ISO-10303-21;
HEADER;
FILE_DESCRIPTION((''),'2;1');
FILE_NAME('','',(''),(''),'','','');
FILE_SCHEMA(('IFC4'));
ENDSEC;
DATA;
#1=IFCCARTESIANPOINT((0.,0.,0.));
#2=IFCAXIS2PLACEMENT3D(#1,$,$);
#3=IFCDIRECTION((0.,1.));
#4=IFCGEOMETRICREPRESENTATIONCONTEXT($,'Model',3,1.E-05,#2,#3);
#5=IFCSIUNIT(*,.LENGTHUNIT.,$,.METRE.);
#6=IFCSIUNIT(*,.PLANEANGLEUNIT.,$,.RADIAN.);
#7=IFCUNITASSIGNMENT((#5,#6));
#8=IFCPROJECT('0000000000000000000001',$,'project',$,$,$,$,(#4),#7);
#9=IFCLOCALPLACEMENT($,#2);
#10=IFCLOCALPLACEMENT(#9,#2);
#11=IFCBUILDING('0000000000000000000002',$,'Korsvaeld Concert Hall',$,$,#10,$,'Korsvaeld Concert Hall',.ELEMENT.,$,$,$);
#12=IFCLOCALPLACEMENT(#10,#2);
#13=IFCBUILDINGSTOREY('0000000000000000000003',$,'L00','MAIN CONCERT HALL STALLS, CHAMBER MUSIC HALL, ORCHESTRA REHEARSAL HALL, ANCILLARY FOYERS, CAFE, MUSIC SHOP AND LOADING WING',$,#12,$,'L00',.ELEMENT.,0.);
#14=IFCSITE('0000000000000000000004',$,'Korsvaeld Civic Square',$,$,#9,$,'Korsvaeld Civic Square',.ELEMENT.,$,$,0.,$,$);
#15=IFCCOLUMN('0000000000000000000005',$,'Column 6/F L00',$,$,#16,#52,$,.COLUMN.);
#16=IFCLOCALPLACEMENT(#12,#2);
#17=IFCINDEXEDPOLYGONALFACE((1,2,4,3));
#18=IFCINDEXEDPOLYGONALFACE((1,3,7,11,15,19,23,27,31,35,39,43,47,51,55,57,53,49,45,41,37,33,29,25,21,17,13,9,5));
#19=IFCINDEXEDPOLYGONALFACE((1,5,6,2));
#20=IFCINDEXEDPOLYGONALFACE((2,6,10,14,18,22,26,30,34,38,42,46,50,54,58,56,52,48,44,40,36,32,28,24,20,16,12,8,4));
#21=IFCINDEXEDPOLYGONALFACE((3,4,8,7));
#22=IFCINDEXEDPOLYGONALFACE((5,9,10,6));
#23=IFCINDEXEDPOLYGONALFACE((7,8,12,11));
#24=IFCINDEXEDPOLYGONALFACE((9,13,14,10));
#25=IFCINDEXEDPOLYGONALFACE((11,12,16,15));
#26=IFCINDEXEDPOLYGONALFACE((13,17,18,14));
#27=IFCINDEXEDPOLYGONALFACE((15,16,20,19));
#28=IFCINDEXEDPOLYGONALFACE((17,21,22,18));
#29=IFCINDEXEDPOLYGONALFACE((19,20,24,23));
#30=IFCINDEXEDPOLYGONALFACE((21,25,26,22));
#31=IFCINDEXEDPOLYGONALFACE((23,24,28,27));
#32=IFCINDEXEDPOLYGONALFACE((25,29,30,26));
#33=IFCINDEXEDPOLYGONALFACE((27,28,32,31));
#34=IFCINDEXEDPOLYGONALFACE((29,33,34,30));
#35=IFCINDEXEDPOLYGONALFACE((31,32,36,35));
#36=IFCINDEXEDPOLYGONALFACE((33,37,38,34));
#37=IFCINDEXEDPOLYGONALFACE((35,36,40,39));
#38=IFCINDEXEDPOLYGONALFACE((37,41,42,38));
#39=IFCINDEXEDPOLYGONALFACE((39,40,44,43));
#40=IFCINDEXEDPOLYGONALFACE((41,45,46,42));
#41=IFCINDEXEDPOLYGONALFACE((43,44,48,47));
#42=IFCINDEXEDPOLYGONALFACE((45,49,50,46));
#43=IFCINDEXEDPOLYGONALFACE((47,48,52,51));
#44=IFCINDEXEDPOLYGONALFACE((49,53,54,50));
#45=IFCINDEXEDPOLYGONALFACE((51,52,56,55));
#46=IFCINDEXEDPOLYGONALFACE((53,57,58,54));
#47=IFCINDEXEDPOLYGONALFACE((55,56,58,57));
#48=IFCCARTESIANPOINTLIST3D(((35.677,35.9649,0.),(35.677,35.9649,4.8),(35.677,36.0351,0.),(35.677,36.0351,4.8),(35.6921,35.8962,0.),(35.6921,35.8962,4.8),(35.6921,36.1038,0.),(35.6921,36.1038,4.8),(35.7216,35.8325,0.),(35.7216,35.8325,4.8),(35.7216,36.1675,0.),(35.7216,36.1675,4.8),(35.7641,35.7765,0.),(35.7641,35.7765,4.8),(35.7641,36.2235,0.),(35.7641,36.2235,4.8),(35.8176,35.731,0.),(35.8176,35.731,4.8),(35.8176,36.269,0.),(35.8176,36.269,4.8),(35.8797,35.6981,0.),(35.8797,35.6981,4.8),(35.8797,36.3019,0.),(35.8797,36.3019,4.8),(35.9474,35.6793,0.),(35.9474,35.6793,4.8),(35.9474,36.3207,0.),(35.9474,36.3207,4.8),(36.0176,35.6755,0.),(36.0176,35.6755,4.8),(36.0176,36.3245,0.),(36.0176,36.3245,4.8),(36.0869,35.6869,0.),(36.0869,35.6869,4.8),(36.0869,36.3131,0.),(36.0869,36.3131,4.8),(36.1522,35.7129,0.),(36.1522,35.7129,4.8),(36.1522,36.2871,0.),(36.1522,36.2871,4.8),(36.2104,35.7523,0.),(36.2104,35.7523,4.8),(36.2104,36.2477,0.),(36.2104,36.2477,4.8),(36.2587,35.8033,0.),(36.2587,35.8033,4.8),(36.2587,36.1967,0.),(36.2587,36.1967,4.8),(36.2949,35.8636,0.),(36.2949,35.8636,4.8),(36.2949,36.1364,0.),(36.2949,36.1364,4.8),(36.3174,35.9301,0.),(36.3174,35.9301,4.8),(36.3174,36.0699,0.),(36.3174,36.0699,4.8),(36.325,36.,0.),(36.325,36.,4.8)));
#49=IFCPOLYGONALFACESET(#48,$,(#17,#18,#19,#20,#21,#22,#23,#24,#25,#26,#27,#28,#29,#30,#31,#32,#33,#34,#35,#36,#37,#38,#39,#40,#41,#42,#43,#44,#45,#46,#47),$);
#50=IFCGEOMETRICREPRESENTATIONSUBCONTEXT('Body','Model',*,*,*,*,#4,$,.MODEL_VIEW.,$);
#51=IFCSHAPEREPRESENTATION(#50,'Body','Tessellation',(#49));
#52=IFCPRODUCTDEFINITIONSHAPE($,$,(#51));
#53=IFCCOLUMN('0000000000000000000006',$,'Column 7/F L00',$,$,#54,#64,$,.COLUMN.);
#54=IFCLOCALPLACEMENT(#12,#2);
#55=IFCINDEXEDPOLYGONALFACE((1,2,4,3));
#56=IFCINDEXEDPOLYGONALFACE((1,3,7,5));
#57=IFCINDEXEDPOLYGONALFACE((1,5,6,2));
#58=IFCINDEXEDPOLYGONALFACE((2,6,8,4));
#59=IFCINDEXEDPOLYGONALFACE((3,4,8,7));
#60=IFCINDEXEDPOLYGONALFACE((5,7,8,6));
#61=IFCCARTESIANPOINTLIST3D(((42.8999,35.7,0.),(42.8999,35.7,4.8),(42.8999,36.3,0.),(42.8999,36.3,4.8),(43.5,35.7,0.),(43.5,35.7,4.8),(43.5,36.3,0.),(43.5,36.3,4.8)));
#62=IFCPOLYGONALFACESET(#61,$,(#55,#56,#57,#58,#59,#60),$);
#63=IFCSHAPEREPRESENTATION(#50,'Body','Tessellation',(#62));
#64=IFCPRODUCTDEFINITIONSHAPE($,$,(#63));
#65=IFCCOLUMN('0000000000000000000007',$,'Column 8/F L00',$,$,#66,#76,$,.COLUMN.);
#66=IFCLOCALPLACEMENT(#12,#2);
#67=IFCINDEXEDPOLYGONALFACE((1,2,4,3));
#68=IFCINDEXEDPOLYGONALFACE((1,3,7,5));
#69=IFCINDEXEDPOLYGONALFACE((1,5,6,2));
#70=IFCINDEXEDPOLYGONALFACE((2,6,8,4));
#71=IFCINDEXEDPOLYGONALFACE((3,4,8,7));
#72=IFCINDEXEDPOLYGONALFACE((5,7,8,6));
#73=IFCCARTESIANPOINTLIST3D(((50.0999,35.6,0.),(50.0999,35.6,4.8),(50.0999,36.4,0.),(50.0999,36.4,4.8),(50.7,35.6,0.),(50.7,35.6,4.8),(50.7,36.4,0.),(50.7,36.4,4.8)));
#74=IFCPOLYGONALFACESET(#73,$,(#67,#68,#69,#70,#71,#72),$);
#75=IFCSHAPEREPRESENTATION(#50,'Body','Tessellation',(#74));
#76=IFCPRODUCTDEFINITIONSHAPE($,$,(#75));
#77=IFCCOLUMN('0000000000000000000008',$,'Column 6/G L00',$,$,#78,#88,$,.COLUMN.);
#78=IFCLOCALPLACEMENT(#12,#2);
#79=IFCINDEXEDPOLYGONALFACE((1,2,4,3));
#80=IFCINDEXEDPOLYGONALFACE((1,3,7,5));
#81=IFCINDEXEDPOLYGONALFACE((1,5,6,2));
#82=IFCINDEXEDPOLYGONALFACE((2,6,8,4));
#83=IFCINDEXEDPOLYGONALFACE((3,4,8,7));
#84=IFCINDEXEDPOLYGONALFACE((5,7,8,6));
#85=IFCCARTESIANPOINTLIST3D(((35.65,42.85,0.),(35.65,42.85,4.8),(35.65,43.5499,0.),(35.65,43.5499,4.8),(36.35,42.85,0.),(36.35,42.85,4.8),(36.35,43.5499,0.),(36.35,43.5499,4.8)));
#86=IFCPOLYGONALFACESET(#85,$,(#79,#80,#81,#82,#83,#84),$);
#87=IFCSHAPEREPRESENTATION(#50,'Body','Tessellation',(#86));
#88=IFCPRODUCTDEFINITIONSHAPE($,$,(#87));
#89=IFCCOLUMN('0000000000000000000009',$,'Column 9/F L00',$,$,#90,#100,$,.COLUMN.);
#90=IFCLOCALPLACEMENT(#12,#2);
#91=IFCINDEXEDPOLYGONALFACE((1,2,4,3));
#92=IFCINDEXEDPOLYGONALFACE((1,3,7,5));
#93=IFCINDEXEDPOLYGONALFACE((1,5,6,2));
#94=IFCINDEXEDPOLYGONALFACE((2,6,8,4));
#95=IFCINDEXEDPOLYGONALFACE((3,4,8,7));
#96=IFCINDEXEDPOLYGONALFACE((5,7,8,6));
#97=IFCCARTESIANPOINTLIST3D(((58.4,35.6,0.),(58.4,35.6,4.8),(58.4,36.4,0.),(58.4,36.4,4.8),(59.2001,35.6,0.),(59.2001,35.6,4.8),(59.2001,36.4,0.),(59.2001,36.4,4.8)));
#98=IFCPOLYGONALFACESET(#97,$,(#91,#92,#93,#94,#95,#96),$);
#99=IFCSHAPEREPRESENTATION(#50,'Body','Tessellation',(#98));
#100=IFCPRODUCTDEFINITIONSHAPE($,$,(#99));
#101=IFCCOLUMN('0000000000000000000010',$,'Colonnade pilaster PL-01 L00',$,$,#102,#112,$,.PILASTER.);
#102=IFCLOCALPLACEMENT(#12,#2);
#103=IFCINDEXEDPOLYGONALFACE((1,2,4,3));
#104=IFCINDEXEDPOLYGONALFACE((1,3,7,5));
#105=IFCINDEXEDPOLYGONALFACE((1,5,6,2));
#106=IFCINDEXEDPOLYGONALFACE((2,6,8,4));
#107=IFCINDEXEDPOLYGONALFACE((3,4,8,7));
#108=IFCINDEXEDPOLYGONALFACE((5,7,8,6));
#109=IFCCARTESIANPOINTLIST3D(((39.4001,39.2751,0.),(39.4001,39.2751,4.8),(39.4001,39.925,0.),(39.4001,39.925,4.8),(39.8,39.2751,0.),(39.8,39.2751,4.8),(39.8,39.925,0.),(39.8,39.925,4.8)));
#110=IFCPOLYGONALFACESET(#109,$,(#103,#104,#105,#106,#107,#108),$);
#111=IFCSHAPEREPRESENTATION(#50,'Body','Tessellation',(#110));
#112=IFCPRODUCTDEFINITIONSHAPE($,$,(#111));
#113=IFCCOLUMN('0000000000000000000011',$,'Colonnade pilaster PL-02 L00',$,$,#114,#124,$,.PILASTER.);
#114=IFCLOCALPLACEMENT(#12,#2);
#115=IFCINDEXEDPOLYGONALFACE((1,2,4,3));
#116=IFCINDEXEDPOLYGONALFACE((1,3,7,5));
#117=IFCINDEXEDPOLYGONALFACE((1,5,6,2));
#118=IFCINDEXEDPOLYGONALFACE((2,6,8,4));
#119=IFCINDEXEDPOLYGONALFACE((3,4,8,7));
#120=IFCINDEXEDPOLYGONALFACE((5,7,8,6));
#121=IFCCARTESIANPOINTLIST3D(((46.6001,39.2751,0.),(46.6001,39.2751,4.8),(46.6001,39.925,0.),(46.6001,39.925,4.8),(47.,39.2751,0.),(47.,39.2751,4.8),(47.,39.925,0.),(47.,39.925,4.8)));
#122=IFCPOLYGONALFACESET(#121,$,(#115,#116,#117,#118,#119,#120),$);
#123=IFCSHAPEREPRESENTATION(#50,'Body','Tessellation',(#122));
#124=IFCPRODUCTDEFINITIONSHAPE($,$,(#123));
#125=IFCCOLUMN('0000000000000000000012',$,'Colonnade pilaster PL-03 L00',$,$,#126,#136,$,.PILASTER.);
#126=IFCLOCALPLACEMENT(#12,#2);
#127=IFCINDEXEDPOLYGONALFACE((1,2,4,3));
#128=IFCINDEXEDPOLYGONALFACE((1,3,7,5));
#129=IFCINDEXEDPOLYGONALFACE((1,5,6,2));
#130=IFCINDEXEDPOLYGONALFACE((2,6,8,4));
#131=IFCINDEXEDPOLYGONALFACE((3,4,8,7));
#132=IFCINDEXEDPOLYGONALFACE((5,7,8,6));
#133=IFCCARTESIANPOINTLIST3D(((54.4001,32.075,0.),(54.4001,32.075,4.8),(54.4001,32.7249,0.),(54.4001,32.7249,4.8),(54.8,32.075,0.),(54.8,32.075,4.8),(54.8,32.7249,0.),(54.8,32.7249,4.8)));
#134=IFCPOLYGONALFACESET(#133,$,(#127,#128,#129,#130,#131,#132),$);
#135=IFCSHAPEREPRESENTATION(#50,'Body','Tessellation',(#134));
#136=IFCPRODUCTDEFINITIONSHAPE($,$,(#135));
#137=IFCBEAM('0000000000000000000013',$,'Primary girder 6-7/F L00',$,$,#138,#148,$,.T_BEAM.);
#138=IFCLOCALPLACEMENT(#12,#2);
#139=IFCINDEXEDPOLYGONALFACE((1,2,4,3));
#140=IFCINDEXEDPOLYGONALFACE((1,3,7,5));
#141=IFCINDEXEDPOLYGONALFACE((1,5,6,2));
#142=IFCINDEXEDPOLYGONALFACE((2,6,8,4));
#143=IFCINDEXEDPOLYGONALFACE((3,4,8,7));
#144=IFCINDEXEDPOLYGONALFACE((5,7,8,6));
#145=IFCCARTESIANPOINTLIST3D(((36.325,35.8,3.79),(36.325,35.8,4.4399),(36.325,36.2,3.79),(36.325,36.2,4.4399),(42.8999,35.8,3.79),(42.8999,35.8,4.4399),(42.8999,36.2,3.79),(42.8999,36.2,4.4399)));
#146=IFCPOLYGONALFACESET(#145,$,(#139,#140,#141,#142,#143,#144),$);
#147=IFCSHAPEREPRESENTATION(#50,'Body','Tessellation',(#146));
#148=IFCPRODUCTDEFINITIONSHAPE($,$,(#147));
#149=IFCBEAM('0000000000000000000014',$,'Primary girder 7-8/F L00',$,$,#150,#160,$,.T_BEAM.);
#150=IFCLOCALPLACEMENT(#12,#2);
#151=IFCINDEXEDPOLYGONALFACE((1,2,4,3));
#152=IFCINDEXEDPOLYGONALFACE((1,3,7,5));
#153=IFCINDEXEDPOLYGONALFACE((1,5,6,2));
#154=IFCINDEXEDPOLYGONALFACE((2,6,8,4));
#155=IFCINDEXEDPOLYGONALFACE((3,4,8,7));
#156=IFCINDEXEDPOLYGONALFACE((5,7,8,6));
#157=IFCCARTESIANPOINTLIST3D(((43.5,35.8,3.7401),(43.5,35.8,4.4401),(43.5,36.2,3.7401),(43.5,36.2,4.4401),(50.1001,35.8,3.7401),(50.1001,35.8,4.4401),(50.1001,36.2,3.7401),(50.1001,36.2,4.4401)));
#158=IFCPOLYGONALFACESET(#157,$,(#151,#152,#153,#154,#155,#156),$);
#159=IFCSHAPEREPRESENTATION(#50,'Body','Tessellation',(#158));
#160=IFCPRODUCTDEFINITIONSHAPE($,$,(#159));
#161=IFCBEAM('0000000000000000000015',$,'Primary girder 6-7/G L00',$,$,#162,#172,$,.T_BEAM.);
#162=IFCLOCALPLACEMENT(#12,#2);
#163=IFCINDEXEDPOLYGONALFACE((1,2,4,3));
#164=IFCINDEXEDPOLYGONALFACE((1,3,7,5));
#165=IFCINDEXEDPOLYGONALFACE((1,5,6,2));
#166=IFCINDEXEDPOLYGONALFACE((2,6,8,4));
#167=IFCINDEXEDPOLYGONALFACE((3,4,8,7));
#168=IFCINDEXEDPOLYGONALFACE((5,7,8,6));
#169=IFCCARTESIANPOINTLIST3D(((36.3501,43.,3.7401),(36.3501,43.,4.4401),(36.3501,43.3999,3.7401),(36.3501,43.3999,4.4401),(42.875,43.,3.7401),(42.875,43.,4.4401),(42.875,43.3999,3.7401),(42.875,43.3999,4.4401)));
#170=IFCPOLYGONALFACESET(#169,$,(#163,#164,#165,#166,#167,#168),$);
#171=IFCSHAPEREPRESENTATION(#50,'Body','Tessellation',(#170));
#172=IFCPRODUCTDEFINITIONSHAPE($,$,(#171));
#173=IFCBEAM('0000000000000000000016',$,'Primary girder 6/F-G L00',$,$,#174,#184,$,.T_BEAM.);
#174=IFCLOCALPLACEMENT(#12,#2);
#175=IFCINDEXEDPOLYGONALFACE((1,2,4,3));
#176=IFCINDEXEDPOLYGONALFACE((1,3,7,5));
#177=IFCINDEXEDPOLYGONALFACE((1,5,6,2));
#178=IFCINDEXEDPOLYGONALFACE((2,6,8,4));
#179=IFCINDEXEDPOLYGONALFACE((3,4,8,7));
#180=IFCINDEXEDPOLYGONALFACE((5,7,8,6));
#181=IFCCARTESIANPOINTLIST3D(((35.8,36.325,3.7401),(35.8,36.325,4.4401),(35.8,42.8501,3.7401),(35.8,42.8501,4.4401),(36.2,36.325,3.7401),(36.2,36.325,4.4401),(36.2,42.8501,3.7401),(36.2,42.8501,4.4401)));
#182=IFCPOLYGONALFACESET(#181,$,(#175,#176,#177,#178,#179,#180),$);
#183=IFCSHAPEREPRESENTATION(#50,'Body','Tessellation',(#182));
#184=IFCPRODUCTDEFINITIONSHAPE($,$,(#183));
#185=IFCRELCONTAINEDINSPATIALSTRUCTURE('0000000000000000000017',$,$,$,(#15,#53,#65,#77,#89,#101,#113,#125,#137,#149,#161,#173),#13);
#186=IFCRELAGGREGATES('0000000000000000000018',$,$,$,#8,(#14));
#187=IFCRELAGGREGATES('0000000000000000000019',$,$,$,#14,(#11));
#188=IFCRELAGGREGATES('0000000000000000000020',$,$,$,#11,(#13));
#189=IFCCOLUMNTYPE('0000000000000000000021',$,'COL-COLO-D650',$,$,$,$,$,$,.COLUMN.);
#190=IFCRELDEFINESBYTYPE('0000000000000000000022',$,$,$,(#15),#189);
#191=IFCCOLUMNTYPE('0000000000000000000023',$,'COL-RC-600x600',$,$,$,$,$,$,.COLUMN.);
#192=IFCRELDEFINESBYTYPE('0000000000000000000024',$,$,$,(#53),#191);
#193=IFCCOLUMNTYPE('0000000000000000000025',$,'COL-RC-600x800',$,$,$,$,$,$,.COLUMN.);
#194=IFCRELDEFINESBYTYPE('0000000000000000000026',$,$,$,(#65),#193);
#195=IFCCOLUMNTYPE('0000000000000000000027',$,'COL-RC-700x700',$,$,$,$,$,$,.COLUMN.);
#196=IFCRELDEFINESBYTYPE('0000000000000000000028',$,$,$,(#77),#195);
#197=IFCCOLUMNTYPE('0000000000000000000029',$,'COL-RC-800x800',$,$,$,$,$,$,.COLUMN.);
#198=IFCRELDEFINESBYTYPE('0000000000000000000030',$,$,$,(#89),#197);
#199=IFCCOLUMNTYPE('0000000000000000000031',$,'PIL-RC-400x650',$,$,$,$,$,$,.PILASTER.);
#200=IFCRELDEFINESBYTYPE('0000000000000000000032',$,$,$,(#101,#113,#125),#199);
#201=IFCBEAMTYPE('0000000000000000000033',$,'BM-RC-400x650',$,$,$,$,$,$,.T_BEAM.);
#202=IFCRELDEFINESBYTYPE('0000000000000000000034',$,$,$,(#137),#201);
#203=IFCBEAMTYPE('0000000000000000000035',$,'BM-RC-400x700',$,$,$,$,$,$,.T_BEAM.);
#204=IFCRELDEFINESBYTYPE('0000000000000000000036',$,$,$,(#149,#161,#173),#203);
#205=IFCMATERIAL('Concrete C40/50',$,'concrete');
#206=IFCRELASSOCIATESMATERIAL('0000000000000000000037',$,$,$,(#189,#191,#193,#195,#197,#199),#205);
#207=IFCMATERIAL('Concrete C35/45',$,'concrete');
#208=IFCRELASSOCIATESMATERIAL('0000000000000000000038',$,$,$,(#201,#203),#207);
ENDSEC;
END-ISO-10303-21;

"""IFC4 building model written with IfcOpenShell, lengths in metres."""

from ifc_helpers import new_model, si_unit, direction, frame, origin, origin_2d, place, context, subcontext, project, spatial, rectangle, circle, extrude, material, material_profile, profile_set, type_object, element, save


model = new_model("IFC4")

# Units and contexts
model_context = context("Model", 3, precision=1e-05, world=origin(), true_north=direction((0.0, 1.0)))
body_context = subcontext(model_context, "Body", "Model", "MODEL_VIEW")
ifc_project = project(units=[si_unit("LENGTHUNIT", "METRE"), si_unit("PLANEANGLEUNIT", "RADIAN")], contexts=[model_context])

# Site, building, storey
site_placement = place(None, origin())
site = spatial("IfcSite", under=ifc_project, at=site_placement, Name="Korsvaeld Civic Square", LongName="Korsvaeld Civic Square", CompositionType="ELEMENT", RefElevation=0.0)
building_placement = place(site_placement, origin())
building = spatial("IfcBuilding", under=site, at=building_placement, Name="Korsvaeld Concert Hall", LongName="Korsvaeld Concert Hall", CompositionType="ELEMENT")
storey_placement = place(building_placement, origin())
storey = spatial("IfcBuildingStorey", under=building, at=storey_placement, Name="L00", Description="MAIN CONCERT HALL STALLS, CHAMBER MUSIC HALL, ORCHESTRA REHEARSAL HALL, ANCILLARY FOYERS, CAFE, MUSIC SHOP AND LOADING WING", LongName="L00", CompositionType="ELEMENT", Elevation=0.0)

# Columns
ifc_material_1 = material(Name="Concrete C40/50", Category="concrete")
ifc_material_profile_1 = material_profile(ifc_material_1, circle(Radius=0.325, at=origin_2d()), Name="RC D650")
ifc_profile_set_1 = profile_set([ifc_material_profile_1], Name="Concrete C40/50")
column_type_1 = type_object("IfcColumnType", Name="COL-COLO-D650", PredefinedType="COLUMN", material=ifc_profile_set_1)
column_1_placement = place(storey_placement, frame((36.0, 36.0, 0.0), z_axis=(0.0, 0.0, 1.0), x_axis=(1.0, 0.0, 0.0)))
element("IfcColumn", 1, at=column_1_placement, inside=storey, type_object=column_type_1, Name="Column 6/F L00", PredefinedType="COLUMN", context=body_context, shape_type="SweptSolid", body=[
    extrude(circle(Radius=0.325, at=origin_2d()), origin(), (0.0, 0.0, 1.0), 4.8),
])
ifc_material_profile_2 = material_profile(ifc_material_1, rectangle(XDim=0.6001, YDim=0.6001, at=origin_2d()), Name="RC 600x600")
ifc_profile_set_2 = profile_set([ifc_material_profile_2], Name="Concrete C40/50")
column_type_2 = type_object("IfcColumnType", Name="COL-RC-600x600", PredefinedType="COLUMN", material=ifc_profile_set_2)
column_2_placement = place(storey_placement, frame((43.2, 36.0, 0.0), z_axis=(0.0, 0.0, 1.0), x_axis=(1.0, 0.0, 0.0)))
element("IfcColumn", 2, at=column_2_placement, inside=storey, type_object=column_type_2, Name="Column 7/F L00", PredefinedType="COLUMN", context=body_context, shape_type="SweptSolid", body=[
    extrude(rectangle(XDim=0.6001, YDim=0.6001, at=origin_2d()), origin(), (0.0, 0.0, 1.0), 4.8),
])
ifc_material_profile_3 = material_profile(ifc_material_1, rectangle(XDim=0.6001, YDim=0.8, at=origin_2d()), Name="RC 600x800")
ifc_profile_set_3 = profile_set([ifc_material_profile_3], Name="Concrete C40/50")
column_type_3 = type_object("IfcColumnType", Name="COL-RC-600x800", PredefinedType="COLUMN", material=ifc_profile_set_3)
column_3_placement = place(storey_placement, frame((50.3999, 36.0, 0.0), z_axis=(0.0, 0.0, 1.0), x_axis=(1.0, 0.0, 0.0)))
element("IfcColumn", 3, at=column_3_placement, inside=storey, type_object=column_type_3, Name="Column 8/F L00", PredefinedType="COLUMN", context=body_context, shape_type="SweptSolid", body=[
    extrude(rectangle(XDim=0.6001, YDim=0.8, at=origin_2d()), origin(), (0.0, 0.0, 1.0), 4.8),
])
ifc_material_profile_4 = material_profile(ifc_material_1, rectangle(XDim=0.7, YDim=0.7, at=origin_2d()), Name="RC 700x700")
ifc_profile_set_4 = profile_set([ifc_material_profile_4], Name="Concrete C40/50")
column_type_4 = type_object("IfcColumnType", Name="COL-RC-700x700", PredefinedType="COLUMN", material=ifc_profile_set_4)
column_4_placement = place(storey_placement, frame((36.0, 43.2, 0.0), z_axis=(0.0, 0.0, 1.0), x_axis=(1.0, 0.0, 0.0)))
element("IfcColumn", 4, at=column_4_placement, inside=storey, type_object=column_type_4, Name="Column 6/G L00", PredefinedType="COLUMN", context=body_context, shape_type="SweptSolid", body=[
    extrude(rectangle(XDim=0.7, YDim=0.7, at=origin_2d()), origin(), (0.0, 0.0, 1.0), 4.8),
])
ifc_material_profile_5 = material_profile(ifc_material_1, rectangle(XDim=0.8, YDim=0.8, at=origin_2d()), Name="RC 800x800")
ifc_profile_set_5 = profile_set([ifc_material_profile_5], Name="Concrete C40/50")
column_type_5 = type_object("IfcColumnType", Name="COL-RC-800x800", PredefinedType="COLUMN", material=ifc_profile_set_5)
column_5_placement = place(storey_placement, frame((58.8, 36.0, 0.0), z_axis=(0.0, 0.0, 1.0), x_axis=(1.0, 0.0, 0.0)))
element("IfcColumn", 5, at=column_5_placement, inside=storey, type_object=column_type_5, Name="Column 9/F L00", PredefinedType="COLUMN", context=body_context, shape_type="SweptSolid", body=[
    extrude(rectangle(XDim=0.8, YDim=0.8, at=origin_2d()), origin(), (0.0, 0.0, 1.0), 4.8),
])
ifc_material_profile_6 = material_profile(ifc_material_1, rectangle(XDim=0.3999, YDim=0.6499, at=origin_2d()), Name="RC 400x650")
ifc_profile_set_6 = profile_set([ifc_material_profile_6], Name="Concrete C40/50")
column_type_6 = type_object("IfcColumnType", Name="PIL-RC-400x650", PredefinedType="PILASTER", material=ifc_profile_set_6)
for number, where, z_axis, x_axis, name in (
    (6, (39.6001, 39.6001, 0.0), (0.0, 0.0, 1.0), (1.0, 0.0, 0.0), "Colonnade pilaster PL-01 L00"),
    (7, (46.8, 39.6001, 0.0), (0.0, 0.0, 1.0), (1.0, 0.0, 0.0), "Colonnade pilaster PL-02 L00"),
    (8, (54.6001, 32.3999, 0.0), (0.0, 0.0, 1.0), (1.0, 0.0, 0.0), "Colonnade pilaster PL-03 L00"),
):
    element("IfcColumn", number, at=place(storey_placement, frame(where, z_axis=z_axis, x_axis=x_axis)), inside=storey, type_object=column_type_6, Name=name, PredefinedType="PILASTER", context=body_context, shape_type="SweptSolid", body=[
        extrude(rectangle(XDim=0.3999, YDim=0.6499, at=origin_2d()), origin(), (0.0, 0.0, 1.0), 4.8),
    ])

# Beams
ifc_material_2 = material(Name="Concrete C35/45", Category="concrete")
ifc_material_profile_7 = material_profile(ifc_material_2, rectangle(XDim=0.3999, YDim=0.6499, at=origin_2d()), Name="RC 400x650")
ifc_profile_set_7 = profile_set([ifc_material_profile_7], Name="Concrete C35/45")
beam_type_1 = type_object("IfcBeamType", Name="BM-RC-400x650", PredefinedType="T_BEAM", material=ifc_profile_set_7)
beam_1_placement = place(storey_placement, frame((36.325, 36.0, 4.115), z_axis=(1.0, 0.0, 0.0), x_axis=(0.0, 1.0, 0.0)))
element("IfcBeam", 9, at=beam_1_placement, inside=storey, type_object=beam_type_1, Name="Primary girder 6-7/F L00", PredefinedType="T_BEAM", context=body_context, shape_type="SweptSolid", body=[
    extrude(rectangle(XDim=0.3999, YDim=0.6499, at=origin_2d()), origin(), (0.0, 0.0, 1.0), 6.575),
])
ifc_material_profile_8 = material_profile(ifc_material_2, rectangle(XDim=0.3999, YDim=0.7, at=origin_2d()), Name="RC 400x700")
ifc_profile_set_8 = profile_set([ifc_material_profile_8], Name="Concrete C35/45")
beam_type_2 = type_object("IfcBeamType", Name="BM-RC-400x700", PredefinedType="T_BEAM", material=ifc_profile_set_8)
beam_2_placement = place(storey_placement, frame((43.5, 36.0, 4.0901), z_axis=(1.0, 0.0, 0.0), x_axis=(0.0, 1.0, 0.0)))
element("IfcBeam", 10, at=beam_2_placement, inside=storey, type_object=beam_type_2, Name="Primary girder 7-8/F L00", PredefinedType="T_BEAM", context=body_context, shape_type="SweptSolid", body=[
    extrude(rectangle(XDim=0.3999, YDim=0.7, at=origin_2d()), origin(), (0.0, 0.0, 1.0), 6.6001),
])
beam_3_placement = place(storey_placement, frame((36.3501, 43.2, 4.0901), z_axis=(1.0, 0.0, 0.0), x_axis=(0.0, 1.0, 0.0)))
element("IfcBeam", 11, at=beam_3_placement, inside=storey, type_object=beam_type_2, Name="Primary girder 6-7/G L00", PredefinedType="T_BEAM", context=body_context, shape_type="SweptSolid", body=[
    extrude(rectangle(XDim=0.3999, YDim=0.7, at=origin_2d()), origin(), (0.0, 0.0, 1.0), 6.5249),
])
beam_4_placement = place(storey_placement, frame((36.0, 36.325, 4.0901), z_axis=(0.0, 1.0, 0.0), x_axis=(-1.0, 0.0, 0.0)))
element("IfcBeam", 12, at=beam_4_placement, inside=storey, type_object=beam_type_2, Name="Primary girder 6/F-G L00", PredefinedType="T_BEAM", context=body_context, shape_type="SweptSolid", body=[
    extrude(rectangle(XDim=0.3999, YDim=0.7, at=origin_2d()), origin(), (0.0, 0.0, 1.0), 6.5251),
])

save(model, "model.ifc")
